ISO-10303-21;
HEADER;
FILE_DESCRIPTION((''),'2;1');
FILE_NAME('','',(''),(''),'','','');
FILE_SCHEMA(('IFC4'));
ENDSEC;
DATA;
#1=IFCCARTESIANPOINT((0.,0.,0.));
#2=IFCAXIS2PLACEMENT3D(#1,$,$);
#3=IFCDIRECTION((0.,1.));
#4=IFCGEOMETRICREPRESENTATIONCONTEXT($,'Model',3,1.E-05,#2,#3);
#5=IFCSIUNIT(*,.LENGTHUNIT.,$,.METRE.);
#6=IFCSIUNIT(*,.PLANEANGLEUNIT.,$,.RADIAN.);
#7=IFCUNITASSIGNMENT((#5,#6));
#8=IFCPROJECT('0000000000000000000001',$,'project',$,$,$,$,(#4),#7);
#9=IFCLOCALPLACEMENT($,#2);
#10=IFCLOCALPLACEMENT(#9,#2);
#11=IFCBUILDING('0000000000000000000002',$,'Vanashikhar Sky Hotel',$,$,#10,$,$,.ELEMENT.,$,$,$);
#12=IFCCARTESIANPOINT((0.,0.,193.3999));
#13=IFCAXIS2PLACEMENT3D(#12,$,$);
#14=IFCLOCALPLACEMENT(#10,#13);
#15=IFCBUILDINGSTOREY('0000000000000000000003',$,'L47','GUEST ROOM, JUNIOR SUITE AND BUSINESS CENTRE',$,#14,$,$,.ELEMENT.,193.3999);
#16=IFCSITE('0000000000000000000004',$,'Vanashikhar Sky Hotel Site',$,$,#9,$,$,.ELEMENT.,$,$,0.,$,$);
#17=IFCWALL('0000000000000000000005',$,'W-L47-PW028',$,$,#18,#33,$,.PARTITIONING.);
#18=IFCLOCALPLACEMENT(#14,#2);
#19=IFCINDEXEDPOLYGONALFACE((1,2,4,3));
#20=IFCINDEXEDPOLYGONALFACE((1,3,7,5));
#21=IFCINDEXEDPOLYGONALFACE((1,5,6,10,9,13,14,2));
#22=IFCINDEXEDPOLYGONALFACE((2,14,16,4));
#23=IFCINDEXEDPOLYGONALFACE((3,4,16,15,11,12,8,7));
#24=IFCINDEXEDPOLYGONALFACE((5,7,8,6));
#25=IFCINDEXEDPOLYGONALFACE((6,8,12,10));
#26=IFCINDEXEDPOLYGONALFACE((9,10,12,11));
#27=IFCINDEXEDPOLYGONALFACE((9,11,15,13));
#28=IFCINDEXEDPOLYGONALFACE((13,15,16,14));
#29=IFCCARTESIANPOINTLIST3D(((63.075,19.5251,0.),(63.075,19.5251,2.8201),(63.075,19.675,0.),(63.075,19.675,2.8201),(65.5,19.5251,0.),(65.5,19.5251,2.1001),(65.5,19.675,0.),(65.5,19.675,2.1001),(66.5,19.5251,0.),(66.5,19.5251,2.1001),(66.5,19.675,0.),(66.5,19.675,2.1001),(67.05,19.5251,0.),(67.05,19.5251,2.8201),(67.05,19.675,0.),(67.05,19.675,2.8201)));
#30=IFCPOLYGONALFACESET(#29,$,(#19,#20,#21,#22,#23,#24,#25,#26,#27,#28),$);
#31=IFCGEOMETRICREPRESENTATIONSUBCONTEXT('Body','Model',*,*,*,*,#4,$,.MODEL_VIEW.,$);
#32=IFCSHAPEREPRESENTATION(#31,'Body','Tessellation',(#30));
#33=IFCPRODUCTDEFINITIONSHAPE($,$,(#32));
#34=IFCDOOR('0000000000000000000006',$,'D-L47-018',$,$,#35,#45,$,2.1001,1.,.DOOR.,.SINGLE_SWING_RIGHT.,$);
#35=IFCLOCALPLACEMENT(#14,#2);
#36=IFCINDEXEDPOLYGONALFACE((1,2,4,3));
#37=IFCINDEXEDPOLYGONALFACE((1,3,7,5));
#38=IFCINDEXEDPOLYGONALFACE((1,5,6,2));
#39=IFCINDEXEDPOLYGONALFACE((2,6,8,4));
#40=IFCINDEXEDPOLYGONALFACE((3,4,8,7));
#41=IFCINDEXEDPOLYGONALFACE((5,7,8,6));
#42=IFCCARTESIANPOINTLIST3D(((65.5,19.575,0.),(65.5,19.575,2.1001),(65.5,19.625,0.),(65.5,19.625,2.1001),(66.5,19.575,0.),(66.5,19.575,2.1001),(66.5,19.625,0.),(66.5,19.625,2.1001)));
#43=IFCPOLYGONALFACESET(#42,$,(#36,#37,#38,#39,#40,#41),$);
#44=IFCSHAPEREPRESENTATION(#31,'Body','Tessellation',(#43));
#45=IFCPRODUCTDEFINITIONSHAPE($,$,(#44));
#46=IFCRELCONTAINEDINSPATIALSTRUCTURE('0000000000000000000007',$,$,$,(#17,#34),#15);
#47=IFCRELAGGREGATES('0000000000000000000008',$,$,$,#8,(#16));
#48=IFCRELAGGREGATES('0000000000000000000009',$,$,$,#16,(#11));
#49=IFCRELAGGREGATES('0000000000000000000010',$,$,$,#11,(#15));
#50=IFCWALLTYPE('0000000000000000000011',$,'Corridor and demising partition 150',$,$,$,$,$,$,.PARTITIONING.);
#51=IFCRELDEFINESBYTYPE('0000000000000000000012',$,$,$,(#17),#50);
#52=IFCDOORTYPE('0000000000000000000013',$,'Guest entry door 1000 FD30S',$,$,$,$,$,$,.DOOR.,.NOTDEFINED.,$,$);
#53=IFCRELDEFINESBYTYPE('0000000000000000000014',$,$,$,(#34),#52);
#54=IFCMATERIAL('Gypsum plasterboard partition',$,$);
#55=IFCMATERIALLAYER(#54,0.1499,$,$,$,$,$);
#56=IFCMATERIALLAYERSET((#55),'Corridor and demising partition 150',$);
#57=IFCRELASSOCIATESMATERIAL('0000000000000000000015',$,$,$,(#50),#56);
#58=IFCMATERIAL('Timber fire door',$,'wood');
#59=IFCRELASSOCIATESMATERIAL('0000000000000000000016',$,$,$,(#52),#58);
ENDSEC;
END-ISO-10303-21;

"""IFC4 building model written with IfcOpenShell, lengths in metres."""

from ifc_helpers import new_model, si_unit, direction, frame, frame_2d, origin, place, context, subcontext, project, spatial, rectangle, extrude, source, transform, mapped, material, layer, layer_set, type_object, element, fill, save


model = new_model("IFC4")

# Units and contexts
model_context = context("Model", 3, precision=1e-05, world=origin(), true_north=direction((0.0, 1.0)))
body_context = subcontext(model_context, "Body", "Model", "MODEL_VIEW")
ifc_project = project(units=[si_unit("LENGTHUNIT", "METRE"), si_unit("PLANEANGLEUNIT", "RADIAN")], contexts=[model_context])

# Site, building, storey
site_placement = place(None, origin())
site = spatial("IfcSite", under=ifc_project, at=site_placement, Name="Vanashikhar Sky Hotel Site", CompositionType="ELEMENT", RefElevation=0.0)
building_placement = place(site_placement, origin())
building = spatial("IfcBuilding", under=site, at=building_placement, Name="Vanashikhar Sky Hotel", CompositionType="ELEMENT")
storey_placement = place(building_placement, frame((0.0, 0.0, 193.3999)))
storey = spatial("IfcBuildingStorey", under=building, at=storey_placement, Name="L47", Description="GUEST ROOM, JUNIOR SUITE AND BUSINESS CENTRE", CompositionType="ELEMENT", Elevation=193.3999)

# Shared definitions
ifc_material_1 = material(Name="Gypsum plasterboard partition")

# Wall, opening, door
ifc_layer_1 = layer(ifc_material_1, 0.1499)
ifc_layer_set_1 = layer_set([ifc_layer_1], Name="Corridor and demising partition 150")
wall_type_1 = type_object("IfcWallType", Name="Corridor and demising partition 150", PredefinedType="PARTITIONING", material=ifc_layer_set_1)
shared_shape_1 = source(origin(), body_context, "Body", "SweptSolid", [
    extrude(rectangle(XDim=3.9751, YDim=0.1499, at=frame_2d((1.9875, 0.0))), origin(), (0.0, 0.0, 1.0), 2.8201),
])
shared_shape_2 = source(origin(), body_context, "Body", "SweptSolid", [
    extrude(rectangle(XDim=1.0, YDim=2.1001, at=frame_2d((0.5, 1.05))), frame((0.0, 0.085, 0.0), z_axis=(0.0, -1.0, 0.0), x_axis=(1.0, 0.0, 0.0)), (0.0, 0.0, 1.0), 0.1699),
])
ifc_material_2 = material(Name="Timber fire door", Category="wood")
door_type_1 = type_object("IfcDoorType", Name="Guest entry door 1000 FD30S", OperationType="NOTDEFINED", PredefinedType="DOOR", material=ifc_material_2)
shared_shape_3 = source(origin(), body_context, "Body", "SweptSolid", [
    extrude(rectangle(XDim=1.0, YDim=2.1001, at=frame_2d((0.5, 1.05))), frame((0.0, 0.0249, 0.0), z_axis=(0.0, -1.0, 0.0), x_axis=(1.0, 0.0, 0.0)), (0.0, 0.0, 1.0), 0.05),
])
wall_1_placement = place(storey_placement, frame((63.075, 19.6001, 0.0), z_axis=(0.0, 0.0, 1.0), x_axis=(1.0, 0.0, 0.0)))
wall_1 = element("IfcWall", 1, at=wall_1_placement, inside=storey, type_object=wall_type_1, Name="W-L47-PW028", PredefinedType="PARTITIONING", context=body_context, shape_type="MappedRepresentation", body=[
    mapped(shared_shape_1, transform((0.0, 0.0, 0.0), scale=1.0)),
])
opening_1_placement = place(wall_1_placement, frame((2.425, 0.0, 0.0)))
opening_1 = element("IfcOpeningElement", 2, at=opening_1_placement, cuts=wall_1, PredefinedType="OPENING", context=body_context, shape_type="MappedRepresentation", body=[
    mapped(shared_shape_2, transform((0.0, 0.0, 0.0), scale=1.0)),
])
door_1_placement = place(opening_1_placement, origin())
door_1 = element("IfcDoor", 3, at=door_1_placement, inside=storey, type_object=door_type_1, Name="D-L47-018", OperationType="SINGLE_SWING_RIGHT", OverallHeight=2.1001, OverallWidth=1.0, PredefinedType="DOOR", context=body_context, shape_type="MappedRepresentation", body=[
    mapped(shared_shape_3, transform((0.0, 0.0, 0.0), scale=1.0)),
])
fill(opening_1, door_1)

save(model, "model.ifc")
